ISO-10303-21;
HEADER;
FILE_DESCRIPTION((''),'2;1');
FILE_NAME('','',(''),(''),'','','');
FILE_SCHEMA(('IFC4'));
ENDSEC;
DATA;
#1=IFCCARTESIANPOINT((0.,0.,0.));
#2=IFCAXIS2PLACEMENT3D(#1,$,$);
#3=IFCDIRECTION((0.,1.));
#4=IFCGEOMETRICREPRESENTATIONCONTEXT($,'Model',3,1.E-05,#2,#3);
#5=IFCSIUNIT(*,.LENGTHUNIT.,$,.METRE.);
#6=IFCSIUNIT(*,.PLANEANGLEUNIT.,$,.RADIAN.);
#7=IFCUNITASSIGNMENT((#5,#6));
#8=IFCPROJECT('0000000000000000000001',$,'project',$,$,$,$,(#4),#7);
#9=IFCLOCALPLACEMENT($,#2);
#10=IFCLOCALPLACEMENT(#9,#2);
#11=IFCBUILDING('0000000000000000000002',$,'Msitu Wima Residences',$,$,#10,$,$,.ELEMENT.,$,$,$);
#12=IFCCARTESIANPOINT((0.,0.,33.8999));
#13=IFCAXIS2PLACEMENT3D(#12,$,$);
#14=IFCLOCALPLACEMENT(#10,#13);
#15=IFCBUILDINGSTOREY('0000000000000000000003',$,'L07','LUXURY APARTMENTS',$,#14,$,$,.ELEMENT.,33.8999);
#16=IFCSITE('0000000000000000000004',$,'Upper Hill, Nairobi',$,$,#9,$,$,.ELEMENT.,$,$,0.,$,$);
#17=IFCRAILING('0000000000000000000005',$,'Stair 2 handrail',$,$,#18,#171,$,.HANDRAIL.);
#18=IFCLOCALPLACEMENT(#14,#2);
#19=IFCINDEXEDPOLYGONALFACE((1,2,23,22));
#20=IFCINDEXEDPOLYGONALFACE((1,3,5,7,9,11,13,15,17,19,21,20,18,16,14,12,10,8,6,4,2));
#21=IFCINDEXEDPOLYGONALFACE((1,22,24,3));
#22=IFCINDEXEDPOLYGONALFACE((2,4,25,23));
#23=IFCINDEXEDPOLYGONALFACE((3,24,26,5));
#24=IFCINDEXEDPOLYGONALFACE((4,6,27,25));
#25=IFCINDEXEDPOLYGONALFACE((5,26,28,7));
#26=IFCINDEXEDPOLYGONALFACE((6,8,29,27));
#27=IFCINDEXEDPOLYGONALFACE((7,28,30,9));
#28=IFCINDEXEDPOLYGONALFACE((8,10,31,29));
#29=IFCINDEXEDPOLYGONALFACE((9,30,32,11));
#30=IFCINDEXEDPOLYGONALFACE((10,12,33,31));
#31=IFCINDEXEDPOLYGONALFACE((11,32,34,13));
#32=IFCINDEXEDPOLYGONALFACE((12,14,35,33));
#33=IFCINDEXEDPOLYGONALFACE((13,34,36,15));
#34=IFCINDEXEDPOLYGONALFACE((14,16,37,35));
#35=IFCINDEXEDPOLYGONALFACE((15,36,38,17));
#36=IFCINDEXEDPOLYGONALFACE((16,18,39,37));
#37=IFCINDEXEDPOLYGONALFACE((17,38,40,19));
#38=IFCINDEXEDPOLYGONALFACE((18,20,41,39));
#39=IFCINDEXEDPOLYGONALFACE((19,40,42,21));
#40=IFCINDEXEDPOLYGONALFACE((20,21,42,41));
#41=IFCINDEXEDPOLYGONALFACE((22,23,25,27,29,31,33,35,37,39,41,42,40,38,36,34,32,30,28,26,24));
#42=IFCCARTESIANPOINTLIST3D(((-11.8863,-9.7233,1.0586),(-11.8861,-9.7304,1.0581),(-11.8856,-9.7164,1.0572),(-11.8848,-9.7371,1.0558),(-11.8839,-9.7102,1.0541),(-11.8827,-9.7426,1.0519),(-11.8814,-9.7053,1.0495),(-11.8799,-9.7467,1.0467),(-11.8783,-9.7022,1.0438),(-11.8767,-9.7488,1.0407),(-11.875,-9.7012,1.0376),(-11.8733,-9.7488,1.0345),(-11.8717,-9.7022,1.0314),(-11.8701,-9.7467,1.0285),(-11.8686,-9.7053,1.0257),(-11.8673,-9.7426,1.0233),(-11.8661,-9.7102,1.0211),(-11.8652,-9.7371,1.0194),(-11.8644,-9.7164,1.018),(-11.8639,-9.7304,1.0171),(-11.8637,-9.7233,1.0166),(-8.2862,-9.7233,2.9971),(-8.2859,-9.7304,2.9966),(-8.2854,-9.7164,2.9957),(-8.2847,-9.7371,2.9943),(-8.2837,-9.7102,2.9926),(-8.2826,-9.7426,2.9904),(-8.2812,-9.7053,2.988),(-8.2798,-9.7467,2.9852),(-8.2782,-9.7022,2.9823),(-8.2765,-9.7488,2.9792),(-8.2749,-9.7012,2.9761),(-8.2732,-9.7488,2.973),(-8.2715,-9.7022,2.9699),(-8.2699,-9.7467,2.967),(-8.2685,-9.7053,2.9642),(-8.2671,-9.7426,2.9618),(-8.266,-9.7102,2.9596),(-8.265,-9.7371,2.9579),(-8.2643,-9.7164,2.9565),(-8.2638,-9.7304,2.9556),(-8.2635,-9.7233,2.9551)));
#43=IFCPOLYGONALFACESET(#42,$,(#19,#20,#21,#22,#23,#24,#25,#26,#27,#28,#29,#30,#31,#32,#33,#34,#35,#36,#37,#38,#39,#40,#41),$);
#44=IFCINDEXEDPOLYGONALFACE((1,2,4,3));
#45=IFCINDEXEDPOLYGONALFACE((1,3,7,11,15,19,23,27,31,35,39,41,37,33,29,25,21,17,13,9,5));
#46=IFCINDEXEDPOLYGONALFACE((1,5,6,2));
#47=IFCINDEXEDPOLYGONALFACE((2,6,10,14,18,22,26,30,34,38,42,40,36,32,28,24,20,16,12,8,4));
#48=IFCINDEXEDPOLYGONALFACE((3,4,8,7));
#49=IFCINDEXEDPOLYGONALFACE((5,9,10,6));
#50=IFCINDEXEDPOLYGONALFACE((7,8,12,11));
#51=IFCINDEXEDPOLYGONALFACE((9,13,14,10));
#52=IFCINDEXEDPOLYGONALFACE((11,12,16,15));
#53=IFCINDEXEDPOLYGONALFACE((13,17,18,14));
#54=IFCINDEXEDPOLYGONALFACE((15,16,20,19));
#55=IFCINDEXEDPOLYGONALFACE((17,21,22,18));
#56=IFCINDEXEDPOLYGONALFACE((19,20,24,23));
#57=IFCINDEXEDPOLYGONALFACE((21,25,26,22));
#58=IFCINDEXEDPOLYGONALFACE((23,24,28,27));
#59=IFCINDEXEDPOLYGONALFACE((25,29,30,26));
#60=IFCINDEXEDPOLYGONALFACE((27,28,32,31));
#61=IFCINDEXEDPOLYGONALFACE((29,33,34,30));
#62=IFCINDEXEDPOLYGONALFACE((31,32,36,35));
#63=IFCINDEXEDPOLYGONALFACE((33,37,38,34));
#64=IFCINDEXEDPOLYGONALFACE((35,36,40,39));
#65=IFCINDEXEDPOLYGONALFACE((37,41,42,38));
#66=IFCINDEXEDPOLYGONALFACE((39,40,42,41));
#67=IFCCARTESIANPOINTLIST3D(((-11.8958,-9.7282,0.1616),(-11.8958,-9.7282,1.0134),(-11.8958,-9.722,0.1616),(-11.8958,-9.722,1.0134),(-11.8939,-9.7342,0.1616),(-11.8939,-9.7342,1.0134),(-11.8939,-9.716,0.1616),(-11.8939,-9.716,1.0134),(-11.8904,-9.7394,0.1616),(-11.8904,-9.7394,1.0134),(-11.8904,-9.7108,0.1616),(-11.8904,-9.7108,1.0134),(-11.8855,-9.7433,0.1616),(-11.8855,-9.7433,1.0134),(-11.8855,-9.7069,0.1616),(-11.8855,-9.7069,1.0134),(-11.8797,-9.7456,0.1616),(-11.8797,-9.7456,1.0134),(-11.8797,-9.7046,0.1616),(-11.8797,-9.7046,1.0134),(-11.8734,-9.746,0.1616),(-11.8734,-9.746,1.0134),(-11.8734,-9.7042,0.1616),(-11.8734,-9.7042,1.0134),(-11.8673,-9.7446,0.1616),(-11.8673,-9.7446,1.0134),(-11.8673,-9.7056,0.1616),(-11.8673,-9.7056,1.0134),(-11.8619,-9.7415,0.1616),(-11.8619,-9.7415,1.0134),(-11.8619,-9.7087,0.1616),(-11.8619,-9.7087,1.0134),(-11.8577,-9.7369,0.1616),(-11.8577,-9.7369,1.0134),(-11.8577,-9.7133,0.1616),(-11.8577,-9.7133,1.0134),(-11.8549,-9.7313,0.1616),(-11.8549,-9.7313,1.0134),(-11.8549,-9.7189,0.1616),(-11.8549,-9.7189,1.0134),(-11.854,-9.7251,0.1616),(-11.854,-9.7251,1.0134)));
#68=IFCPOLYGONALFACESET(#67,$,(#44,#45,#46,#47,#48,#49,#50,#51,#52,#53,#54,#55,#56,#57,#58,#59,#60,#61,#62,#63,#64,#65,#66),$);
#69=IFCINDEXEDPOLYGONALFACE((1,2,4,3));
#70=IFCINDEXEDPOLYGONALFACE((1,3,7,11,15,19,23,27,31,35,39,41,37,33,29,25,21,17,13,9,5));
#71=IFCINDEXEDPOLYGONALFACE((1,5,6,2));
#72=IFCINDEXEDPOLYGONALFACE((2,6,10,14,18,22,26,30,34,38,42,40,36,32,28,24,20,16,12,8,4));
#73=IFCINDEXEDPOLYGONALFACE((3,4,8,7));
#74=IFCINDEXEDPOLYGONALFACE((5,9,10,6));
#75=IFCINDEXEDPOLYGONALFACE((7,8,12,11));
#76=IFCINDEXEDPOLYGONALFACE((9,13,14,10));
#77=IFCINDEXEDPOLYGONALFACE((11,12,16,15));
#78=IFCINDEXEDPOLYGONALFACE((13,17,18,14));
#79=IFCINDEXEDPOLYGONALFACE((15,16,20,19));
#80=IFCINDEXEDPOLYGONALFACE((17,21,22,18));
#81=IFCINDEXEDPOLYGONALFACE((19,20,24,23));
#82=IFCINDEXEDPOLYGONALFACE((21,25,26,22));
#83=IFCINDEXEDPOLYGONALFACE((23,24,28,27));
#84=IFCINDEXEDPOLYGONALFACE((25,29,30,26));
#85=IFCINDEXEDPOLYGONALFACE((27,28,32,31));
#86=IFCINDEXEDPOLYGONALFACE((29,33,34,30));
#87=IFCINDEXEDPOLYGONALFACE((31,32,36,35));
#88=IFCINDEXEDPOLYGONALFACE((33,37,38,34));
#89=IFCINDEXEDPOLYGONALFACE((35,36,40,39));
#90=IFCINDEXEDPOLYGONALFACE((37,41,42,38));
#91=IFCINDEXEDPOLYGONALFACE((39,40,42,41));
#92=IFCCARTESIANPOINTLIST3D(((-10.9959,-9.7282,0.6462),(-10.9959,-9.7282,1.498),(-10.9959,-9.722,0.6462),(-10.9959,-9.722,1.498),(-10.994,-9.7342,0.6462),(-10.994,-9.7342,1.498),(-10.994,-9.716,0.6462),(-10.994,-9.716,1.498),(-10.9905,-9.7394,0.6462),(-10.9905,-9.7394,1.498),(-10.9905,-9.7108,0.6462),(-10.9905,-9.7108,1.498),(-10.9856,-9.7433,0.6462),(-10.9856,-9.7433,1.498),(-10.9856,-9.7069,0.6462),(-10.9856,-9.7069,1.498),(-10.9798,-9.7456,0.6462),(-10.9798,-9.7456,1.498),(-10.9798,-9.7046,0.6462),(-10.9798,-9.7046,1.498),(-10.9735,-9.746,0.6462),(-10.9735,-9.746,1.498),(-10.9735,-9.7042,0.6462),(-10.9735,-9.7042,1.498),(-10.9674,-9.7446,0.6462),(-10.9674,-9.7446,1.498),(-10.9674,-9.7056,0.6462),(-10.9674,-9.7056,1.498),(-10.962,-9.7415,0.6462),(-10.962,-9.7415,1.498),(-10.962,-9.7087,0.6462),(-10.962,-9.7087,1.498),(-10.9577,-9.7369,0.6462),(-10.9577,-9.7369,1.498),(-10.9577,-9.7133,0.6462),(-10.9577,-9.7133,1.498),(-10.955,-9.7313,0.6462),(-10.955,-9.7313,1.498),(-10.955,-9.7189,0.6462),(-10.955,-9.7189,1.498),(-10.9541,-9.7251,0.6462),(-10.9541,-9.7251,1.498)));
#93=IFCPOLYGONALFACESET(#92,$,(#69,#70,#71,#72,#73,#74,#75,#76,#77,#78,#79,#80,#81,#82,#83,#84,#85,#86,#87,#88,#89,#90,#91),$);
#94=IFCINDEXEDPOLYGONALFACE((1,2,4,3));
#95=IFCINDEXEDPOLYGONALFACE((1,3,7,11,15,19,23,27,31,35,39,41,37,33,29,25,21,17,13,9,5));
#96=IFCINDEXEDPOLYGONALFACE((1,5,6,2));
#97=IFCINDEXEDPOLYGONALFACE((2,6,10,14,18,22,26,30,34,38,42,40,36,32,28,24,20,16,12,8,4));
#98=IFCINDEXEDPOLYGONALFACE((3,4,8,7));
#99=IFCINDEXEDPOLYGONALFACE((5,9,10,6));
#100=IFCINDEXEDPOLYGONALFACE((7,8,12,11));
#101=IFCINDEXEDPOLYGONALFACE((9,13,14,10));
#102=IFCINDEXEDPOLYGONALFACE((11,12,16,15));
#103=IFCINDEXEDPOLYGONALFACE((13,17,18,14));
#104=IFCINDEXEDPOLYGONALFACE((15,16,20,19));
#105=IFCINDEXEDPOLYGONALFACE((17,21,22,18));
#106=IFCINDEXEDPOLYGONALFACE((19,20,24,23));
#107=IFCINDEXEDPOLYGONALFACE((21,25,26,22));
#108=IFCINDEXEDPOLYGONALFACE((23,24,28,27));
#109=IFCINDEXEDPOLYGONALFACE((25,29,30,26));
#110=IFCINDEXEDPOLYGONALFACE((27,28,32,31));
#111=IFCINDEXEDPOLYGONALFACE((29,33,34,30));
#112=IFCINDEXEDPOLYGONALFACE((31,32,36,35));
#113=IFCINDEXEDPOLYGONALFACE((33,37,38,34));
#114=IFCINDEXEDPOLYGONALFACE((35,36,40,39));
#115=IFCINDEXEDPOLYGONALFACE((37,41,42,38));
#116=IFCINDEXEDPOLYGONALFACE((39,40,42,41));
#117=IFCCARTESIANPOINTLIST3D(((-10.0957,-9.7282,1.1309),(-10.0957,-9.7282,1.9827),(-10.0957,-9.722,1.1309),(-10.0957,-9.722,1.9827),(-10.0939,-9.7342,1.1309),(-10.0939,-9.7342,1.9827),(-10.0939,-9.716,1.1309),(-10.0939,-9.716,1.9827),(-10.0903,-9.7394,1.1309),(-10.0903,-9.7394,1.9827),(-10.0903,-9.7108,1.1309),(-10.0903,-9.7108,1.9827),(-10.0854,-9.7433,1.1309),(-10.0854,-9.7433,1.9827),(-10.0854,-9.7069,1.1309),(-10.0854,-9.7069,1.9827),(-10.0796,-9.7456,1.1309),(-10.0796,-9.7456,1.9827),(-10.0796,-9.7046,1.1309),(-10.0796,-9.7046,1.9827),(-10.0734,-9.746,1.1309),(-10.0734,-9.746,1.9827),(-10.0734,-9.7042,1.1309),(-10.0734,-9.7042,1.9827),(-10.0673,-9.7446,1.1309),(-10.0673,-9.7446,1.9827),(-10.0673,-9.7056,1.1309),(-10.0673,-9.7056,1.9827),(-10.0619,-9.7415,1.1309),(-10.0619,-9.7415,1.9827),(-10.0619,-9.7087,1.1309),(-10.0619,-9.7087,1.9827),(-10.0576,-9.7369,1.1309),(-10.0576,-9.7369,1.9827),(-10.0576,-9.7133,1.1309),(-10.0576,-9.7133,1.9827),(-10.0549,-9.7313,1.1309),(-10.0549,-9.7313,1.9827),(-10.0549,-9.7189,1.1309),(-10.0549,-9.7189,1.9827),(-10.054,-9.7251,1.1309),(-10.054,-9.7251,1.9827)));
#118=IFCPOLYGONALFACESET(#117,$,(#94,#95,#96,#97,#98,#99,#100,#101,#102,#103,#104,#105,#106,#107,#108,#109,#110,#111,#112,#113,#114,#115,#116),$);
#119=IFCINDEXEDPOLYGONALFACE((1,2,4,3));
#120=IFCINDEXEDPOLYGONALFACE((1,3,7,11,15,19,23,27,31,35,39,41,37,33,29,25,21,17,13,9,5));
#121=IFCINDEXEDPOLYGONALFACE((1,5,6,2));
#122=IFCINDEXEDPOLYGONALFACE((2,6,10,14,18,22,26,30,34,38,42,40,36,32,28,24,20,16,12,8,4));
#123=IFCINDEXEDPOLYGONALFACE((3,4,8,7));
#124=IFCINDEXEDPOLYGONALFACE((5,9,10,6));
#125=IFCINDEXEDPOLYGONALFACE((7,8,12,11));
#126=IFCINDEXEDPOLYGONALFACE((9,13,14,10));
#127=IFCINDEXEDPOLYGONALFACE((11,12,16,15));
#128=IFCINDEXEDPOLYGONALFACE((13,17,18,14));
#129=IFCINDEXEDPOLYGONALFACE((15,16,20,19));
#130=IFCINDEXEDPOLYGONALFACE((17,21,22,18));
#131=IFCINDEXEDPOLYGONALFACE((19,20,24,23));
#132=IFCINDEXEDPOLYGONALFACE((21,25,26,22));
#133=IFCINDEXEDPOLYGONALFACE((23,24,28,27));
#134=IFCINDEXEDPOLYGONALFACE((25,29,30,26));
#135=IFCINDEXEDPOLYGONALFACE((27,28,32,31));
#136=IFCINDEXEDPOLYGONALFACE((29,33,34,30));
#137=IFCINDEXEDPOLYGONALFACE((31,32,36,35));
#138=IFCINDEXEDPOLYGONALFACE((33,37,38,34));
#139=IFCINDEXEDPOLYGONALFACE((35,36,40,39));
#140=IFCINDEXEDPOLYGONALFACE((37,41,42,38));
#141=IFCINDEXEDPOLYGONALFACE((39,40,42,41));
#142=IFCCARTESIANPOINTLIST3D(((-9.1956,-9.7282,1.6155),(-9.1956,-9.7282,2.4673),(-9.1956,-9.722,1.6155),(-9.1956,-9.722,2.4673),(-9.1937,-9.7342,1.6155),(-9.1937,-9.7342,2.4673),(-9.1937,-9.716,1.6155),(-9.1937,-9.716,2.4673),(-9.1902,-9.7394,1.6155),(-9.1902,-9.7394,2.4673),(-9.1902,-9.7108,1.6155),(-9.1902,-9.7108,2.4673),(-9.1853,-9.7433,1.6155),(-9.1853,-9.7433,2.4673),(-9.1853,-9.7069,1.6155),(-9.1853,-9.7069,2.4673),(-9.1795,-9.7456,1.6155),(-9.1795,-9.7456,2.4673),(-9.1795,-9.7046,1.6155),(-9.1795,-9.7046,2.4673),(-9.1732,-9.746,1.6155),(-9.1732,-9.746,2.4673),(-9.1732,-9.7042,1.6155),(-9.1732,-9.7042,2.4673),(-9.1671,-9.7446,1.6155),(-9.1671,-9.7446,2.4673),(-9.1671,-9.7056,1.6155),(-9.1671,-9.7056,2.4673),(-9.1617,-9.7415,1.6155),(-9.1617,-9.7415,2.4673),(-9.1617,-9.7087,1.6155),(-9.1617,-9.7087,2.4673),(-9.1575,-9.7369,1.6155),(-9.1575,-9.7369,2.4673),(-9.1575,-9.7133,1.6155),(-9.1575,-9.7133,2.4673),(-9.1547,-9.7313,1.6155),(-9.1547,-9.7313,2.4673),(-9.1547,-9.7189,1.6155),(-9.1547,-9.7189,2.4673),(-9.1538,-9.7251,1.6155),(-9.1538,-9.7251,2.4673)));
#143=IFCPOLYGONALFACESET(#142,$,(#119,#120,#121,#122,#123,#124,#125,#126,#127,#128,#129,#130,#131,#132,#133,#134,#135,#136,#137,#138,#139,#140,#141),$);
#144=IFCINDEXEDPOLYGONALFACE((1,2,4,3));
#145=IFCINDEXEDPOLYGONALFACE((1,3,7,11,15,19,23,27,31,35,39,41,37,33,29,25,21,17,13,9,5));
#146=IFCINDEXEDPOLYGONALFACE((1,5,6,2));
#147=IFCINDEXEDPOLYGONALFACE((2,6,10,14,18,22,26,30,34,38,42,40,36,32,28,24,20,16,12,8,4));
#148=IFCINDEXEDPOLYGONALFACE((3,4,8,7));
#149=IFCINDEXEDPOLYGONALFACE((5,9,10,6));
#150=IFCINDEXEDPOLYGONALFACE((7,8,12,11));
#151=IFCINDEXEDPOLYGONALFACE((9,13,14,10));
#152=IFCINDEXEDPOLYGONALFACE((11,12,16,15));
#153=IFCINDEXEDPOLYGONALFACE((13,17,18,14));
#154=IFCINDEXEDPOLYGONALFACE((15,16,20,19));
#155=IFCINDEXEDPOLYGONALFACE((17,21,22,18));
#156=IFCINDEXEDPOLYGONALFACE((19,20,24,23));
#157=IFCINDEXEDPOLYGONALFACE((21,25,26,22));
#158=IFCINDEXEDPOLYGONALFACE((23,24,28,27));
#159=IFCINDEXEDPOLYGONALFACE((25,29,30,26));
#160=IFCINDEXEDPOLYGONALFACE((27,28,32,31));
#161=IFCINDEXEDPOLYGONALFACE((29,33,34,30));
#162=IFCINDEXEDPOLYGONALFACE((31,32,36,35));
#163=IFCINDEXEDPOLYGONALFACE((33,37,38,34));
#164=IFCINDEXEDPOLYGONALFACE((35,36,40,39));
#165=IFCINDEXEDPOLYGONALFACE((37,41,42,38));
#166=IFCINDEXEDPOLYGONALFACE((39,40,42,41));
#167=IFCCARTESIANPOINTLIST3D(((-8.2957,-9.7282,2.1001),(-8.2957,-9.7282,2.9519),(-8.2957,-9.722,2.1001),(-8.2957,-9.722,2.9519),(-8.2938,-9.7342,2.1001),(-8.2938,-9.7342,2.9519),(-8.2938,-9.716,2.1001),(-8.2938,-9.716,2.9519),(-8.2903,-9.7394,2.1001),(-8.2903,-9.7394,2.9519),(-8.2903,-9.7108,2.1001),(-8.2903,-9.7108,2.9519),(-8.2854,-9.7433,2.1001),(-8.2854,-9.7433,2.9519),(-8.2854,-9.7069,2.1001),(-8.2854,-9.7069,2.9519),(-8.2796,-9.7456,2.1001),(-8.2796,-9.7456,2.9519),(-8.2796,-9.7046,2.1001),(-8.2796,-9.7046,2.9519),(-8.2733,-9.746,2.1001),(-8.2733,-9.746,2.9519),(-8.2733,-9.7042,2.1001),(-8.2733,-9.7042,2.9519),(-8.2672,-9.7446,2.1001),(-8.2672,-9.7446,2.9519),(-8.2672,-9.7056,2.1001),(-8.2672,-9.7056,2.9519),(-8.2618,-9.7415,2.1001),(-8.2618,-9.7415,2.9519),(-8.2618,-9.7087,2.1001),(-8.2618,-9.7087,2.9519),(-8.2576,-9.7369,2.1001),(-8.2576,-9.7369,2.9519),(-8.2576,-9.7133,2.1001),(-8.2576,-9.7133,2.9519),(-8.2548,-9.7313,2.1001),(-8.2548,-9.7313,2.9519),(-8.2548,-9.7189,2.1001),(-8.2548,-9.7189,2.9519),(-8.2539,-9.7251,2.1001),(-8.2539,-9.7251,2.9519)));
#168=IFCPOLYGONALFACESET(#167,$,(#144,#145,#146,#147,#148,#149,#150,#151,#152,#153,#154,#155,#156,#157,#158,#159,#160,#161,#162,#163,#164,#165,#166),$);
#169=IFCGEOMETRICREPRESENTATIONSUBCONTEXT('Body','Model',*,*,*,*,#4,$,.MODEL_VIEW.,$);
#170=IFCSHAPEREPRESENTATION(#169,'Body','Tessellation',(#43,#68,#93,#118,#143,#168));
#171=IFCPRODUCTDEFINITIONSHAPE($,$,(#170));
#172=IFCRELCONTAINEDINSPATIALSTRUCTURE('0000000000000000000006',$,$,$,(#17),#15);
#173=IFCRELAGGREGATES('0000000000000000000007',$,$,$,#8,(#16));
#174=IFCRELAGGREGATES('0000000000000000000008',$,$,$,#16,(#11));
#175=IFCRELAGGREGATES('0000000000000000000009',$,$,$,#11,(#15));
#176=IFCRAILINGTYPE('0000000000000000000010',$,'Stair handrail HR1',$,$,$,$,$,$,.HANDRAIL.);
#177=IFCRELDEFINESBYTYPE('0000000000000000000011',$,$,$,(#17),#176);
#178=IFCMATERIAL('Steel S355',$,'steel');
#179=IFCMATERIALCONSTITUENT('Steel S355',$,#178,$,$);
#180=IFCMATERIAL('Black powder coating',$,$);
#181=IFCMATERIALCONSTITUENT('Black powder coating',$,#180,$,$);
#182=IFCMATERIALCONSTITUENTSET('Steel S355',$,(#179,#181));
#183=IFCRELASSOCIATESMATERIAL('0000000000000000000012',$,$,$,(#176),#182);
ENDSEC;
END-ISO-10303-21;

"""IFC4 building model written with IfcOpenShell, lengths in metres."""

from ifc_helpers import new_model, si_unit, direction, frame, origin, origin_2d, place, context, subcontext, project, spatial, circle, extrude, material, constituent, constituent_set, type_object, element, save


model = new_model("IFC4")

# Units and contexts
model_context = context("Model", 3, precision=1e-05, world=origin(), true_north=direction((0.0, 1.0)))
body_context = subcontext(model_context, "Body", "Model", "MODEL_VIEW")
ifc_project = project(units=[si_unit("LENGTHUNIT", "METRE"), si_unit("PLANEANGLEUNIT", "RADIAN")], contexts=[model_context])

# Site, building, storey
site_placement = place(None, origin())
site = spatial("IfcSite", under=ifc_project, at=site_placement, Name="Upper Hill, Nairobi", CompositionType="ELEMENT", RefElevation=0.0)
building_placement = place(site_placement, origin())
building = spatial("IfcBuilding", under=site, at=building_placement, Name="Msitu Wima Residences", CompositionType="ELEMENT")
storey_placement = place(building_placement, frame((0.0, 0.0, 33.8999)))
storey = spatial("IfcBuildingStorey", under=building, at=storey_placement, Name="L07", Description="LUXURY APARTMENTS", CompositionType="ELEMENT", Elevation=33.8999)

# Railing
ifc_material_1 = material(Name="Steel S355", Category="steel")
ifc_constituent_1 = constituent(ifc_material_1, Name="Steel S355")
ifc_material_2 = material(Name="Black powder coating")
ifc_constituent_2 = constituent(ifc_material_2, Name="Black powder coating")
ifc_constituent_set = constituent_set(constituents=[ifc_constituent_1, ifc_constituent_2], Name="Steel S355")
railing_type = type_object("IfcRailingType", Name="Stair handrail HR1", PredefinedType="HANDRAIL", material=ifc_constituent_set)
for number, where, name in (
    (1, (-11.875, -9.7251, 0.1616), "Stair 2 handrail"),
):
    element("IfcRailing", number, at=place(storey_placement, frame(where)), inside=storey, type_object=railing_type, Name=name, PredefinedType="HANDRAIL", context=body_context, shape_type="SweptSolid", body=[
        extrude(circle(Radius=0.0239, at=origin_2d()), frame((0.0, 0.0, 0.876), z_axis=(0.880475, 0.0, 0.474093), x_axis=(0.0, 1.0, 0.0)), (0.0, 0.0, 1.0), 4.0889),
        extrude(circle(Radius=0.021, at=origin_2d()), origin(), (0.0, 0.0, 1.0), 0.8518),
        extrude(circle(Radius=0.021, at=origin_2d()), frame((0.8999, 0.0, 0.4846)), (0.0, 0.0, 1.0), 0.8518),
        extrude(circle(Radius=0.021, at=origin_2d()), frame((1.8, 0.0, 0.9692)), (0.0, 0.0, 1.0), 0.8518),
        extrude(circle(Radius=0.021, at=origin_2d()), frame((2.7002, 0.0, 1.4539)), (0.0, 0.0, 1.0), 0.8518),
        extrude(circle(Radius=0.021, at=origin_2d()), frame((3.6001, 0.0, 1.9385)), (0.0, 0.0, 1.0), 0.8518),
    ])

save(model, "model.ifc")
